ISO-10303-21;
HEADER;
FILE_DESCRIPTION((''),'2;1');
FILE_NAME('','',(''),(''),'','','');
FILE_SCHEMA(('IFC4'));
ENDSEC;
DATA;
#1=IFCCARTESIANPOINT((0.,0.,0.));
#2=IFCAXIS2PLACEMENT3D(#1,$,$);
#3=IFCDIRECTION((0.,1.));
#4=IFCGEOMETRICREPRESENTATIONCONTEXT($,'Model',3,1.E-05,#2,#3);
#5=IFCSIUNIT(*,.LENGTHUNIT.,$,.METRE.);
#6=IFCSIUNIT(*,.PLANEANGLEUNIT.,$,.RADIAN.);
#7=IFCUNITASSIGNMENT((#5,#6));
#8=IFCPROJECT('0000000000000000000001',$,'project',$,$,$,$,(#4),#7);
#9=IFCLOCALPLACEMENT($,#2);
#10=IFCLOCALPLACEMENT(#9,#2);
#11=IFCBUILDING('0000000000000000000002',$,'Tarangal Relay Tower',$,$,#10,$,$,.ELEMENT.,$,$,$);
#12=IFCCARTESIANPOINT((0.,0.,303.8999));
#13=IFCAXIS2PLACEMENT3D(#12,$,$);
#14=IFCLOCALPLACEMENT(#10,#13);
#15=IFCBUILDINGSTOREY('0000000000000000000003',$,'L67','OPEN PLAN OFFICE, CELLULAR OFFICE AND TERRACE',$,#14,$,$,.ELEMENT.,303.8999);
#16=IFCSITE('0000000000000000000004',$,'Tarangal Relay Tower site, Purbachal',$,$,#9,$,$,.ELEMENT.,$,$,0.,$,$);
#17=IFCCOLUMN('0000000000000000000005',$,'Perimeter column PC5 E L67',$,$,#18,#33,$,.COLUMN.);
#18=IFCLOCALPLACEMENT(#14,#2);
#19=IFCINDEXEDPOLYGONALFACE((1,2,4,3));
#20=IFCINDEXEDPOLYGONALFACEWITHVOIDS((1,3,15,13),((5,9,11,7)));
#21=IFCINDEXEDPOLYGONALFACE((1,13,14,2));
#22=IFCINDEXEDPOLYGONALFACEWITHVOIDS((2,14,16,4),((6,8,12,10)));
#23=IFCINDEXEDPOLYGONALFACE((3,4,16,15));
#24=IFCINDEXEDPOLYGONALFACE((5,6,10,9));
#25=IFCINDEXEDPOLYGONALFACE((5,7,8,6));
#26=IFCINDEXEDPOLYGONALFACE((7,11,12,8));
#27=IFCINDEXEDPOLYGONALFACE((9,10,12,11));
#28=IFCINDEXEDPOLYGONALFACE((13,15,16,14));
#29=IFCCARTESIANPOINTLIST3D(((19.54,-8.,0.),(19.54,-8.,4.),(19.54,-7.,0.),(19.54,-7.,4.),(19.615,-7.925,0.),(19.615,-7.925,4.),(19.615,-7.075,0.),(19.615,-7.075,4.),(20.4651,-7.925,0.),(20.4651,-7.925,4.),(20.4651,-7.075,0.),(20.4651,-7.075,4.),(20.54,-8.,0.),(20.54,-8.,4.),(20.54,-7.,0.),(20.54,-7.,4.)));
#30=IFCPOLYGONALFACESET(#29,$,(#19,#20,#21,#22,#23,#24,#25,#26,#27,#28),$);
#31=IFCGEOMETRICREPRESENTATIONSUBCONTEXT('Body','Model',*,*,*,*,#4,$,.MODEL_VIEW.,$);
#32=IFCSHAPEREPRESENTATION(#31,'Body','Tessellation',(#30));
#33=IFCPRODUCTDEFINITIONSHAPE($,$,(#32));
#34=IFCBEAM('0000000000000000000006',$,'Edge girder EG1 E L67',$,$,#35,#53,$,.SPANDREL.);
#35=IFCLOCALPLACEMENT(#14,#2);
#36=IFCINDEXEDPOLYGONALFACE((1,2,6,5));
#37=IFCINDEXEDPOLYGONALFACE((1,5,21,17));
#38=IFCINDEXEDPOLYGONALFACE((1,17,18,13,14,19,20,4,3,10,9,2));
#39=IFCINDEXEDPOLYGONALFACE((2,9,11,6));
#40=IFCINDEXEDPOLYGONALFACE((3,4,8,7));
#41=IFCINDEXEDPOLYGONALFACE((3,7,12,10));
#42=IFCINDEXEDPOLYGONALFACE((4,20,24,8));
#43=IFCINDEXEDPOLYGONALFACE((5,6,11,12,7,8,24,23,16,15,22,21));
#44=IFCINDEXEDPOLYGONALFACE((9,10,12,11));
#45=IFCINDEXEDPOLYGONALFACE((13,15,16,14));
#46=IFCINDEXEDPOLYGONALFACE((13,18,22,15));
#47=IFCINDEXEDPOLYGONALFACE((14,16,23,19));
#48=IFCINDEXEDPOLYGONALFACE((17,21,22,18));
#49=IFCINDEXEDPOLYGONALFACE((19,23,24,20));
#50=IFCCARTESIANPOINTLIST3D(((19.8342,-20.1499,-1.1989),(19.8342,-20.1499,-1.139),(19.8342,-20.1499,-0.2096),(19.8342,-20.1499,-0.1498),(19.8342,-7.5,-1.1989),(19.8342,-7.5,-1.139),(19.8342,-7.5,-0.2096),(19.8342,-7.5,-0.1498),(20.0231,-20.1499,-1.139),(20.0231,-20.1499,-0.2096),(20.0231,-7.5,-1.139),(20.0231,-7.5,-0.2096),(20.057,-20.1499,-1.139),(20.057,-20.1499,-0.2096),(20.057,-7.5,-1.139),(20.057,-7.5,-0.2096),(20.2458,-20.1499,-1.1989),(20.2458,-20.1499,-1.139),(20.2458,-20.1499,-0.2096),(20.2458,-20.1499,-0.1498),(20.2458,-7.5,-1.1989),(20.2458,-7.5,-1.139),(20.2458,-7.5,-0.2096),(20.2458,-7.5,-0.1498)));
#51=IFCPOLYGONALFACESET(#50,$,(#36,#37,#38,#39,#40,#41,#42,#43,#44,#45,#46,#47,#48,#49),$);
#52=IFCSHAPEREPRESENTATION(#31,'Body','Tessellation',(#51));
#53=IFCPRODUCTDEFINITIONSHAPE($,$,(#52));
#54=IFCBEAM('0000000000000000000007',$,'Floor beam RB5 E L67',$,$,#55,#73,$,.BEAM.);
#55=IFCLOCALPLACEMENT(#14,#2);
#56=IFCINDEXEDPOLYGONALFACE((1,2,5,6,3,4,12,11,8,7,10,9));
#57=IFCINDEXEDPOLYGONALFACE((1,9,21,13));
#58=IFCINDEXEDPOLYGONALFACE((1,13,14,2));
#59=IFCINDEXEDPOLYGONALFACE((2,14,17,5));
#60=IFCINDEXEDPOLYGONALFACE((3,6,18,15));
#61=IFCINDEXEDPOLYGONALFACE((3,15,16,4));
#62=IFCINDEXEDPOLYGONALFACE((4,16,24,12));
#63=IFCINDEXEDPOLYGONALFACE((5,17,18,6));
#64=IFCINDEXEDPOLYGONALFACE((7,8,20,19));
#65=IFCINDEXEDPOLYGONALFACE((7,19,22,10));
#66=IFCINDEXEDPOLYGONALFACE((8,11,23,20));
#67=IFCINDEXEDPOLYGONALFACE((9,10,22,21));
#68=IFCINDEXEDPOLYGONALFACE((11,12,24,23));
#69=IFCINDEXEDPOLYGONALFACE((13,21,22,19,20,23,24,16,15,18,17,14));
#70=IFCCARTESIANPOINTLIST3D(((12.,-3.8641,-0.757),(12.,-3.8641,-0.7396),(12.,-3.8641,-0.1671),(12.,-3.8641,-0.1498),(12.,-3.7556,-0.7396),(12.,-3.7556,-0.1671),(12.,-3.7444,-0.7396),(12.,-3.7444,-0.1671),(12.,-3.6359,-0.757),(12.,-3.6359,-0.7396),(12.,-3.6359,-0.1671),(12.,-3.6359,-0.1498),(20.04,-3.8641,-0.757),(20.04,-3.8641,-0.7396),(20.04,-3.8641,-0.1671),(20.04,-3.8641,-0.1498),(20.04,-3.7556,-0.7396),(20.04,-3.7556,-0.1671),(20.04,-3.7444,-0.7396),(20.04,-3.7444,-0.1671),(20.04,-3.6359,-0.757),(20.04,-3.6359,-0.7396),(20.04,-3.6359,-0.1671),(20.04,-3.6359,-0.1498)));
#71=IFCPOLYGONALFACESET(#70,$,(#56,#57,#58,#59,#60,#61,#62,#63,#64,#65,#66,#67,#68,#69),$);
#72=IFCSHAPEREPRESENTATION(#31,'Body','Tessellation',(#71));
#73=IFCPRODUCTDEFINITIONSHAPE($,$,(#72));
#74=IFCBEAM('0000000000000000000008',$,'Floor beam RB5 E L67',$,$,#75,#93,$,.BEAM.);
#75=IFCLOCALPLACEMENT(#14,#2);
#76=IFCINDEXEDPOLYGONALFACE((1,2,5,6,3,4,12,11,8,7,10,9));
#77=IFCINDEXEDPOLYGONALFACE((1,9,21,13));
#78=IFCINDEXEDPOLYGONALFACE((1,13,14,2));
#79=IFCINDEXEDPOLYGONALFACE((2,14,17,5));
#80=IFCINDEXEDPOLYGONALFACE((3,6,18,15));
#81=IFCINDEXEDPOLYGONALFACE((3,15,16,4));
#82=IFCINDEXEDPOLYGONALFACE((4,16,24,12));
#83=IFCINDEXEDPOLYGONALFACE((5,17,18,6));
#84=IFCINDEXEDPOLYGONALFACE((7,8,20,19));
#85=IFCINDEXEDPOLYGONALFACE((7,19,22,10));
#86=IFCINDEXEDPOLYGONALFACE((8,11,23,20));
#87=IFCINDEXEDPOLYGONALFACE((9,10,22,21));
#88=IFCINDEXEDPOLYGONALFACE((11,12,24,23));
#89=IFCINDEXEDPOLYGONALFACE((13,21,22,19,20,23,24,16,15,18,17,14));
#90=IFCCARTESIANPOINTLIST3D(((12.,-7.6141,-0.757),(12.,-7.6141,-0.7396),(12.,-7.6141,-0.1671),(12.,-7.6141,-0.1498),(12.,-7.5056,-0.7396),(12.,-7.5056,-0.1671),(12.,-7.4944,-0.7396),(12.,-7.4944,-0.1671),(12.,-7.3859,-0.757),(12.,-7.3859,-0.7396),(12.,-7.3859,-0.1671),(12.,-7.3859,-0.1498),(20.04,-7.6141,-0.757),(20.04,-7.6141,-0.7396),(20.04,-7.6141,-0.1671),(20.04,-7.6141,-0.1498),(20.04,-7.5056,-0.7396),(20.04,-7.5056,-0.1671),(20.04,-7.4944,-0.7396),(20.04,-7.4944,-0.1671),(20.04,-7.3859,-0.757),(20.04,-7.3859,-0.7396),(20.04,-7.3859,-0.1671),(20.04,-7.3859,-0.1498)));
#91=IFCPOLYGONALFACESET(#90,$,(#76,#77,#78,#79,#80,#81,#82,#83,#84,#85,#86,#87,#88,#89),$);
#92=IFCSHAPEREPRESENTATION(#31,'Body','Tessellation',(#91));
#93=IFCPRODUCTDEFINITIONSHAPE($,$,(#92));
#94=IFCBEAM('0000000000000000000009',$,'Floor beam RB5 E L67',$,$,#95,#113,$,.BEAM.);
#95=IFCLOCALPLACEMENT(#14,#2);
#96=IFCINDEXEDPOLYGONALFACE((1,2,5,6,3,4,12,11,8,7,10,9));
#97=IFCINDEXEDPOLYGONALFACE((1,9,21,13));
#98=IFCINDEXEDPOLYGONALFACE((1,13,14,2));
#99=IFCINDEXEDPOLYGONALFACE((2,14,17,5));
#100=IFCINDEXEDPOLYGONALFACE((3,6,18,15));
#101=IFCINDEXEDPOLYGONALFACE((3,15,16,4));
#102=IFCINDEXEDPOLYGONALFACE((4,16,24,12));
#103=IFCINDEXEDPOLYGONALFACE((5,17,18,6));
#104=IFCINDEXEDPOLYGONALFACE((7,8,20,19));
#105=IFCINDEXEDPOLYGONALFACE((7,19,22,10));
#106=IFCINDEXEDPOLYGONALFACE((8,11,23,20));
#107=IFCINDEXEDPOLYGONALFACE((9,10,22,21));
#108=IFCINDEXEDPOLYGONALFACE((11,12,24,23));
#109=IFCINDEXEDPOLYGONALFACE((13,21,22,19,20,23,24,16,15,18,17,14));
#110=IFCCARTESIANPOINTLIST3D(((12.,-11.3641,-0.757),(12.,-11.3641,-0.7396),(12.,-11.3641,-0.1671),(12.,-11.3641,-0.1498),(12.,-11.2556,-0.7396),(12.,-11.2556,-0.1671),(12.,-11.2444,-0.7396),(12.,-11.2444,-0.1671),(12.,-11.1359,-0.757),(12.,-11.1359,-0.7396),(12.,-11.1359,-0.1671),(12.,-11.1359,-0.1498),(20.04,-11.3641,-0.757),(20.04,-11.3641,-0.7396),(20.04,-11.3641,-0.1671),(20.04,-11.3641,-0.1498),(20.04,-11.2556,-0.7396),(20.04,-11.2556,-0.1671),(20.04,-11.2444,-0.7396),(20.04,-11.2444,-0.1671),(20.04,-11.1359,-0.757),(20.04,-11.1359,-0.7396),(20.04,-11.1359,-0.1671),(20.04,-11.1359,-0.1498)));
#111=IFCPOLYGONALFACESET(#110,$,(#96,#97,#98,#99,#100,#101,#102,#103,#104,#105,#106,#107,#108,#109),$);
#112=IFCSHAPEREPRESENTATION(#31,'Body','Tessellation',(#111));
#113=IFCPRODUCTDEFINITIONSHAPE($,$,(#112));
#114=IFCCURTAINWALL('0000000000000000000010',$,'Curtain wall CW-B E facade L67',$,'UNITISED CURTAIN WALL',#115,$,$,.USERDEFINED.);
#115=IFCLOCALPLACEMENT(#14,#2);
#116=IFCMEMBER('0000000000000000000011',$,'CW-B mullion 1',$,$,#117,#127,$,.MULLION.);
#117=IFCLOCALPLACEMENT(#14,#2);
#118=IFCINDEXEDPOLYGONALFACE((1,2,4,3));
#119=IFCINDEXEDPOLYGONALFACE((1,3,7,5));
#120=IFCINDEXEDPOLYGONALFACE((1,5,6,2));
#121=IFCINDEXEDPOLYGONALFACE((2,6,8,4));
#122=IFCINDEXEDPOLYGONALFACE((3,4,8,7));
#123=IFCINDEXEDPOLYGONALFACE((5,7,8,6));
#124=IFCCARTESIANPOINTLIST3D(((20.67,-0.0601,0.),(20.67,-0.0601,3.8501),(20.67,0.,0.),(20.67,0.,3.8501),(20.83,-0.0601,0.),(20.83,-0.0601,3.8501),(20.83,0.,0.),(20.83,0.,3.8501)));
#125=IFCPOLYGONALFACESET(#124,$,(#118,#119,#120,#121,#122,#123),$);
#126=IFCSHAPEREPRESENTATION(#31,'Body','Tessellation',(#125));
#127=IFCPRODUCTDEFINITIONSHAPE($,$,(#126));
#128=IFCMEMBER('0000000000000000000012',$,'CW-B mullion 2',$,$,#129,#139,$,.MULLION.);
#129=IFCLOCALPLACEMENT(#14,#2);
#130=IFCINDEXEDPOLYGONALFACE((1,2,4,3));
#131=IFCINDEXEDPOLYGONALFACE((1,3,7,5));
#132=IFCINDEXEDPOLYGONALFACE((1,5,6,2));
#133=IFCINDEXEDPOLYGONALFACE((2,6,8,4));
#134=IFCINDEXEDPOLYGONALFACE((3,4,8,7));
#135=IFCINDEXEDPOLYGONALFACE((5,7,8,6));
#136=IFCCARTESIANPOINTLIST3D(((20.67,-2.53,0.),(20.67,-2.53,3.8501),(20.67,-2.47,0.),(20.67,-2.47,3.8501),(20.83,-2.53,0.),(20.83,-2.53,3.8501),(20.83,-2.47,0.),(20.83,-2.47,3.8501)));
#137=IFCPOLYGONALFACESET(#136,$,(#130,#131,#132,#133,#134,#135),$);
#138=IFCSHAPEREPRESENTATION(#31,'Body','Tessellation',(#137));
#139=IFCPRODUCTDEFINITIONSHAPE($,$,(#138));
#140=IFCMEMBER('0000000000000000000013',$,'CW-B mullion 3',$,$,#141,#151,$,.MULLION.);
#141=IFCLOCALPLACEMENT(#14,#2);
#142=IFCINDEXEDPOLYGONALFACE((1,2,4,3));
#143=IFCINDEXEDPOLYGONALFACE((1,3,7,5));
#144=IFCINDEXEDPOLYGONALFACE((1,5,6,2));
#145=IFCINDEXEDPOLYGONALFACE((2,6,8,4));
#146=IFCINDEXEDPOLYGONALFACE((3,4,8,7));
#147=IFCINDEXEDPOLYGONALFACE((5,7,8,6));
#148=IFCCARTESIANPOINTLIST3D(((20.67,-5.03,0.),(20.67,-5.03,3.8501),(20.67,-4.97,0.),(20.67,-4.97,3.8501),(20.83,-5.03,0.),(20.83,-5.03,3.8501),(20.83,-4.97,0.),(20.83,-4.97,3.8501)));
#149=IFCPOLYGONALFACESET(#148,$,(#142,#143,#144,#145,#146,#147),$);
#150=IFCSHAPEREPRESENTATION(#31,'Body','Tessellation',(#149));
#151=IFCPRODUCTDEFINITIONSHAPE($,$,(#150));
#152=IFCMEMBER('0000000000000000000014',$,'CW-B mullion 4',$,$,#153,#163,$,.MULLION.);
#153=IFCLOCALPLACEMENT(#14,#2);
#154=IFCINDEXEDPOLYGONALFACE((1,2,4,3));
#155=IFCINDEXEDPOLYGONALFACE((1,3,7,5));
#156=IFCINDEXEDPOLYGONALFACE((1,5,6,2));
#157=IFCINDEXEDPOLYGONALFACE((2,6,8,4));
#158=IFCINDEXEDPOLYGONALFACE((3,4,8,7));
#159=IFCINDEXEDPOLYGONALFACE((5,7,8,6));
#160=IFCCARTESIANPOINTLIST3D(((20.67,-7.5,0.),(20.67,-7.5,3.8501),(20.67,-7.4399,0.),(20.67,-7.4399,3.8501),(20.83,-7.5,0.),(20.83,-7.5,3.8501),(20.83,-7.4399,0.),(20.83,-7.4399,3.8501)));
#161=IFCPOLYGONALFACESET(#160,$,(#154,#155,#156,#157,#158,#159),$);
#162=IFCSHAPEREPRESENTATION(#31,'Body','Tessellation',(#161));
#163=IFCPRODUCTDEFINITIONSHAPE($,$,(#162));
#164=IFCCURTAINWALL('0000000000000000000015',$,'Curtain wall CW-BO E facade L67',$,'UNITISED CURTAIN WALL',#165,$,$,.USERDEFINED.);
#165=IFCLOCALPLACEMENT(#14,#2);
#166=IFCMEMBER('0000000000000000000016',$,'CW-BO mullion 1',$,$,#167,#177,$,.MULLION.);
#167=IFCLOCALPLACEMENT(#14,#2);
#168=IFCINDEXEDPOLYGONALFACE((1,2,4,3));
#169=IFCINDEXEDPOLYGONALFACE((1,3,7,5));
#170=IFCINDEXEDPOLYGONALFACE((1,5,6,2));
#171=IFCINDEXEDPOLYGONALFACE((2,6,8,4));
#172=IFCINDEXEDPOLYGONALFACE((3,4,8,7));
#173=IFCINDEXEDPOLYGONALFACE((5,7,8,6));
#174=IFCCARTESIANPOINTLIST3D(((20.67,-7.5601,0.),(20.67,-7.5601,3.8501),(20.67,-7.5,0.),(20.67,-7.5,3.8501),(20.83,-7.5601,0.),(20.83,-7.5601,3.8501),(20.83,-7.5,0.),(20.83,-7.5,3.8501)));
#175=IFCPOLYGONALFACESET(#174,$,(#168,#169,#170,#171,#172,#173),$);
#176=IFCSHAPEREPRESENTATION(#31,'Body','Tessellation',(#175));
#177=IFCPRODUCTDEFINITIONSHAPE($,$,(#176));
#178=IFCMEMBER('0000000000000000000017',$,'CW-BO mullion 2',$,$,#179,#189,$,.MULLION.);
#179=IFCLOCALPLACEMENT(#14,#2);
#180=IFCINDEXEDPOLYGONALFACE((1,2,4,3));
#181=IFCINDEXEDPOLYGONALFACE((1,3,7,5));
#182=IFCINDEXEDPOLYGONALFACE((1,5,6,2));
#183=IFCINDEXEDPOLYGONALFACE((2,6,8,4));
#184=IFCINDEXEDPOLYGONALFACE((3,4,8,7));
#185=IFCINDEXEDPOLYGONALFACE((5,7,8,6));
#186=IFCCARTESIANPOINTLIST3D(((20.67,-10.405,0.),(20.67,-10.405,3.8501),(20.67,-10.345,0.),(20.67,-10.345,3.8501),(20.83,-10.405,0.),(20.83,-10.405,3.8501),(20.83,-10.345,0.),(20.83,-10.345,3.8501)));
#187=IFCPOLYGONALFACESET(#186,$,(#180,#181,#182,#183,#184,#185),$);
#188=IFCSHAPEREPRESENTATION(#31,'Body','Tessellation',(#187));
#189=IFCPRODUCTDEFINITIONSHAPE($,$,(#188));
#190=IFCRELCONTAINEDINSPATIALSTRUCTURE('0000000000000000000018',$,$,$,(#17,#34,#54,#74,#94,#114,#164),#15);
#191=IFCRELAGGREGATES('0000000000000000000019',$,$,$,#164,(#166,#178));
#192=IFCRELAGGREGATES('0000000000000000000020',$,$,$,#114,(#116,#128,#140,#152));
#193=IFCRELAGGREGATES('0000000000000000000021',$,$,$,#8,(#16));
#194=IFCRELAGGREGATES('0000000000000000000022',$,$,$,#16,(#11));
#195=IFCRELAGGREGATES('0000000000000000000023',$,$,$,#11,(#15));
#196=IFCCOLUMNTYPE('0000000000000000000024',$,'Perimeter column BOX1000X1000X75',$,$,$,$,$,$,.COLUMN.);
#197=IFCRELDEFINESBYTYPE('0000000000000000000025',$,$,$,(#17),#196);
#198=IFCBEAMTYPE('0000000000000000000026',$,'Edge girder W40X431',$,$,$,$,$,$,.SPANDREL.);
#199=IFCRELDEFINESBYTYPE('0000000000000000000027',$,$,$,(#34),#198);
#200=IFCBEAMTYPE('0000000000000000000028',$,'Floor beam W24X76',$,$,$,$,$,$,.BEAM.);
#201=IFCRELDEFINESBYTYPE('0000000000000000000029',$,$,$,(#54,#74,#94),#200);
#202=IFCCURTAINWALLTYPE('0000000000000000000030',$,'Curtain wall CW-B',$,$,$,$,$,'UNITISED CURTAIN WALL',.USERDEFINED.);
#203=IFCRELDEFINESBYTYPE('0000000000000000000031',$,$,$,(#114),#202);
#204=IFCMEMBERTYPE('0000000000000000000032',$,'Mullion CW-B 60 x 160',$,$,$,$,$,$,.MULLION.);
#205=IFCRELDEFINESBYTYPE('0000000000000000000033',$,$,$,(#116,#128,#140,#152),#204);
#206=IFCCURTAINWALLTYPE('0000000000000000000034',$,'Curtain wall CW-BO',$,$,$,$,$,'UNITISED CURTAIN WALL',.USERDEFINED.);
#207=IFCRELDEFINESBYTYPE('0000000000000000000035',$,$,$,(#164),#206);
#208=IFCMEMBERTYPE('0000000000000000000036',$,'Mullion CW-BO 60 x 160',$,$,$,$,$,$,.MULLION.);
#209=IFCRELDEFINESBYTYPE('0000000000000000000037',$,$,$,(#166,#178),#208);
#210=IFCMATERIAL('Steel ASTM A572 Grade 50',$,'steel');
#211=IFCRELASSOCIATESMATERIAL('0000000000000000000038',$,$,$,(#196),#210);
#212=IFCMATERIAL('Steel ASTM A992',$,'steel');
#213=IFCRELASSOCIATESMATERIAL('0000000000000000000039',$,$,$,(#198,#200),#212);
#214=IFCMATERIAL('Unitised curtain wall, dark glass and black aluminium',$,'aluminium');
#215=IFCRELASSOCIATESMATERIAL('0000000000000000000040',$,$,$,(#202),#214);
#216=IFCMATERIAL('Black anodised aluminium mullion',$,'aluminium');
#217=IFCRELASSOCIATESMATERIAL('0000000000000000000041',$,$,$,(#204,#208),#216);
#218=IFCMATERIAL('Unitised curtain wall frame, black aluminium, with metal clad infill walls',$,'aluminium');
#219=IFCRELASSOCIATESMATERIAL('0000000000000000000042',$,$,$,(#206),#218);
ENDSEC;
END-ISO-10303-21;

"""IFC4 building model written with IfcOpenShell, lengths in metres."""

from ifc_helpers import new_model, si_unit, direction, frame, origin, origin_2d, place, context, subcontext, project, spatial, rectangle, hollow_rectangle, i_section, extrude, material, material_profile, profile_set, type_object, element, aggregate, save


model = new_model("IFC4")

# Units and contexts
model_context = context("Model", 3, precision=1e-05, world=origin(), true_north=direction((0.0, 1.0)))
body_context = subcontext(model_context, "Body", "Model", "MODEL_VIEW")
ifc_project = project(units=[si_unit("LENGTHUNIT", "METRE"), si_unit("PLANEANGLEUNIT", "RADIAN")], contexts=[model_context])

# Site, building, storey
site_placement = place(None, origin())
site = spatial("IfcSite", under=ifc_project, at=site_placement, Name="Tarangal Relay Tower site, Purbachal", CompositionType="ELEMENT", RefElevation=0.0)
building_placement = place(site_placement, origin())
building = spatial("IfcBuilding", under=site, at=building_placement, Name="Tarangal Relay Tower", CompositionType="ELEMENT")
storey_placement = place(building_placement, frame((0.0, 0.0, 303.8999)))
storey = spatial("IfcBuildingStorey", under=building, at=storey_placement, Name="L67", Description="OPEN PLAN OFFICE, CELLULAR OFFICE AND TERRACE", CompositionType="ELEMENT", Elevation=303.8999)

# Column
ifc_material_1 = material(Name="Steel ASTM A572 Grade 50", Category="steel")
ifc_material_profile_1 = material_profile(ifc_material_1, hollow_rectangle(XDim=1.0, YDim=1.0, WallThickness=0.075, at=origin_2d()), Name="BOX1000X1000X75")
ifc_profile_set_1 = profile_set([ifc_material_profile_1], Name="Steel ASTM A572 Grade 50")
column_type = type_object("IfcColumnType", Name="Perimeter column BOX1000X1000X75", PredefinedType="COLUMN", material=ifc_profile_set_1)
column_placement = place(storey_placement, frame((20.04, -7.5, 0.0), z_axis=(0.0, 0.0, 1.0), x_axis=(1.0, 0.0, 0.0)))
element("IfcColumn", 1, at=column_placement, inside=storey, type_object=column_type, Name="Perimeter column PC5 E L67", PredefinedType="COLUMN", context=body_context, shape_type="SweptSolid", body=[
    extrude(hollow_rectangle(XDim=1.0, YDim=1.0, WallThickness=0.075, at=origin_2d()), origin(), (0.0, 0.0, 1.0), 4.0),
])

# Beams
ifc_material_2 = material(Name="Steel ASTM A992", Category="steel")
ifc_material_profile_2 = material_profile(ifc_material_2, i_section(OverallWidth=0.4116, OverallDepth=1.0491, WebThickness=0.0339, FlangeThickness=0.0598, at=origin_2d()), Name="W40X431")
ifc_profile_set_2 = profile_set([ifc_material_profile_2], Name="Steel ASTM A992")
beam_type_1 = type_object("IfcBeamType", Name="Edge girder W40X431", PredefinedType="SPANDREL", material=ifc_profile_set_2)
beam_placement = place(storey_placement, frame((20.04, -7.5, -0.6743), z_axis=(0.0, -1.0, 0.0), x_axis=(1.0, 0.0, 0.0)))
element("IfcBeam", 2, at=beam_placement, inside=storey, type_object=beam_type_1, Name="Edge girder EG1 E L67", PredefinedType="SPANDREL", context=body_context, shape_type="SweptSolid", body=[
    extrude(i_section(OverallWidth=0.4116, OverallDepth=1.0491, WebThickness=0.0339, FlangeThickness=0.0598, at=origin_2d()), origin(), (0.0, 0.0, 1.0), 12.6499),
])
ifc_material_profile_3 = material_profile(ifc_material_2, i_section(OverallWidth=0.2283, OverallDepth=0.6072, WebThickness=0.0112, FlangeThickness=0.0173, at=origin_2d()), Name="W24X76")
ifc_profile_set_3 = profile_set([ifc_material_profile_3], Name="Steel ASTM A992")
beam_type_2 = type_object("IfcBeamType", Name="Floor beam W24X76", PredefinedType="BEAM", material=ifc_profile_set_3)
for number, where, z_axis, x_axis, name in (
    (3, (12.0, -3.75, -0.4534), (1.0, 0.0, 0.0), (0.0, 1.0, 0.0), "Floor beam RB5 E L67"),
    (4, (12.0, -7.5, -0.4534), (1.0, 0.0, 0.0), (0.0, 1.0, 0.0), "Floor beam RB5 E L67"),
    (5, (12.0, -11.25, -0.4534), (1.0, 0.0, 0.0), (0.0, 1.0, 0.0), "Floor beam RB5 E L67"),
):
    element("IfcBeam", number, at=place(storey_placement, frame(where, z_axis=z_axis, x_axis=x_axis)), inside=storey, type_object=beam_type_2, Name=name, PredefinedType="BEAM", context=body_context, shape_type="SweptSolid", body=[
        extrude(i_section(OverallWidth=0.2283, OverallDepth=0.6072, WebThickness=0.0112, FlangeThickness=0.0173, at=origin_2d()), origin(), (0.0, 0.0, 1.0), 8.04),
    ])

# Curtain walls, members
ifc_material_3 = material(Name="Unitised curtain wall, dark glass and black aluminium", Category="aluminium")
curtain_wall_type_1 = type_object("IfcCurtainWallType", Name="Curtain wall CW-B", ElementType="UNITISED CURTAIN WALL", PredefinedType="USERDEFINED", material=ifc_material_3)
curtain_wall_1_placement = place(storey_placement, origin())
curtain_wall_1 = element("IfcCurtainWall", 6, at=curtain_wall_1_placement, inside=storey, type_object=curtain_wall_type_1, Name="Curtain wall CW-B E facade L67", ObjectType="UNITISED CURTAIN WALL", PredefinedType="USERDEFINED")
ifc_material_4 = material(Name="Black anodised aluminium mullion", Category="aluminium")
ifc_material_profile_4 = material_profile(ifc_material_4, rectangle(XDim=0.1599, YDim=0.0601, at=origin_2d()), Name="CW-BM 60X160")
ifc_profile_set_4 = profile_set([ifc_material_profile_4], Name="Black anodised aluminium mullion")
member_type_1 = type_object("IfcMemberType", Name="Mullion CW-B 60 x 160", PredefinedType="MULLION", material=ifc_profile_set_4)
member_1_placement = place(storey_placement, frame((20.75, -0.03, 0.0), z_axis=(0.0, 0.0, 1.0), x_axis=(1.0, 0.0, 0.0)))
member_1 = element("IfcMember", 7, at=member_1_placement, type_object=member_type_1, Name="CW-B mullion 1", PredefinedType="MULLION", context=body_context, shape_type="SweptSolid", body=[
    extrude(rectangle(XDim=0.1599, YDim=0.0601, at=origin_2d()), origin(), (0.0, 0.0, 1.0), 3.8501),
])
member_2_placement = place(storey_placement, frame((20.75, -2.5, 0.0), z_axis=(0.0, 0.0, 1.0), x_axis=(1.0, 0.0, 0.0)))
member_2 = element("IfcMember", 8, at=member_2_placement, type_object=member_type_1, Name="CW-B mullion 2", PredefinedType="MULLION", context=body_context, shape_type="SweptSolid", body=[
    extrude(rectangle(XDim=0.1599, YDim=0.0601, at=origin_2d()), origin(), (0.0, 0.0, 1.0), 3.8501),
])
member_3_placement = place(storey_placement, frame((20.75, -5.0, 0.0), z_axis=(0.0, 0.0, 1.0), x_axis=(1.0, 0.0, 0.0)))
member_3 = element("IfcMember", 9, at=member_3_placement, type_object=member_type_1, Name="CW-B mullion 3", PredefinedType="MULLION", context=body_context, shape_type="SweptSolid", body=[
    extrude(rectangle(XDim=0.1599, YDim=0.0601, at=origin_2d()), origin(), (0.0, 0.0, 1.0), 3.8501),
])
member_4_placement = place(storey_placement, frame((20.75, -7.47, 0.0), z_axis=(0.0, 0.0, 1.0), x_axis=(1.0, 0.0, 0.0)))
member_4 = element("IfcMember", 10, at=member_4_placement, type_object=member_type_1, Name="CW-B mullion 4", PredefinedType="MULLION", context=body_context, shape_type="SweptSolid", body=[
    extrude(rectangle(XDim=0.1599, YDim=0.0601, at=origin_2d()), origin(), (0.0, 0.0, 1.0), 3.8501),
])
ifc_material_5 = material(Name="Unitised curtain wall frame, black aluminium, with metal clad infill walls", Category="aluminium")
curtain_wall_type_2 = type_object("IfcCurtainWallType", Name="Curtain wall CW-BO", ElementType="UNITISED CURTAIN WALL", PredefinedType="USERDEFINED", material=ifc_material_5)
curtain_wall_2_placement = place(storey_placement, origin())
curtain_wall_2 = element("IfcCurtainWall", 11, at=curtain_wall_2_placement, inside=storey, type_object=curtain_wall_type_2, Name="Curtain wall CW-BO E facade L67", ObjectType="UNITISED CURTAIN WALL", PredefinedType="USERDEFINED")
ifc_material_profile_5 = material_profile(ifc_material_4, rectangle(XDim=0.1599, YDim=0.0601, at=origin_2d()), Name="CW-BOM 60X160")
ifc_profile_set_5 = profile_set([ifc_material_profile_5], Name="Black anodised aluminium mullion")
member_type_2 = type_object("IfcMemberType", Name="Mullion CW-BO 60 x 160", PredefinedType="MULLION", material=ifc_profile_set_5)
member_5_placement = place(storey_placement, frame((20.75, -7.53, 0.0), z_axis=(0.0, 0.0, 1.0), x_axis=(1.0, 0.0, 0.0)))
member_5 = element("IfcMember", 12, at=member_5_placement, type_object=member_type_2, Name="CW-BO mullion 1", PredefinedType="MULLION", context=body_context, shape_type="SweptSolid", body=[
    extrude(rectangle(XDim=0.1599, YDim=0.0601, at=origin_2d()), origin(), (0.0, 0.0, 1.0), 3.8501),
])
member_6_placement = place(storey_placement, frame((20.75, -10.375, 0.0), z_axis=(0.0, 0.0, 1.0), x_axis=(1.0, 0.0, 0.0)))
member_6 = element("IfcMember", 13, at=member_6_placement, type_object=member_type_2, Name="CW-BO mullion 2", PredefinedType="MULLION", context=body_context, shape_type="SweptSolid", body=[
    extrude(rectangle(XDim=0.1599, YDim=0.0601, at=origin_2d()), origin(), (0.0, 0.0, 1.0), 3.8501),
])

aggregate(curtain_wall_2, [member_5, member_6])

aggregate(curtain_wall_1, [member_1, member_2, member_3, member_4])

save(model, "model.ifc")
